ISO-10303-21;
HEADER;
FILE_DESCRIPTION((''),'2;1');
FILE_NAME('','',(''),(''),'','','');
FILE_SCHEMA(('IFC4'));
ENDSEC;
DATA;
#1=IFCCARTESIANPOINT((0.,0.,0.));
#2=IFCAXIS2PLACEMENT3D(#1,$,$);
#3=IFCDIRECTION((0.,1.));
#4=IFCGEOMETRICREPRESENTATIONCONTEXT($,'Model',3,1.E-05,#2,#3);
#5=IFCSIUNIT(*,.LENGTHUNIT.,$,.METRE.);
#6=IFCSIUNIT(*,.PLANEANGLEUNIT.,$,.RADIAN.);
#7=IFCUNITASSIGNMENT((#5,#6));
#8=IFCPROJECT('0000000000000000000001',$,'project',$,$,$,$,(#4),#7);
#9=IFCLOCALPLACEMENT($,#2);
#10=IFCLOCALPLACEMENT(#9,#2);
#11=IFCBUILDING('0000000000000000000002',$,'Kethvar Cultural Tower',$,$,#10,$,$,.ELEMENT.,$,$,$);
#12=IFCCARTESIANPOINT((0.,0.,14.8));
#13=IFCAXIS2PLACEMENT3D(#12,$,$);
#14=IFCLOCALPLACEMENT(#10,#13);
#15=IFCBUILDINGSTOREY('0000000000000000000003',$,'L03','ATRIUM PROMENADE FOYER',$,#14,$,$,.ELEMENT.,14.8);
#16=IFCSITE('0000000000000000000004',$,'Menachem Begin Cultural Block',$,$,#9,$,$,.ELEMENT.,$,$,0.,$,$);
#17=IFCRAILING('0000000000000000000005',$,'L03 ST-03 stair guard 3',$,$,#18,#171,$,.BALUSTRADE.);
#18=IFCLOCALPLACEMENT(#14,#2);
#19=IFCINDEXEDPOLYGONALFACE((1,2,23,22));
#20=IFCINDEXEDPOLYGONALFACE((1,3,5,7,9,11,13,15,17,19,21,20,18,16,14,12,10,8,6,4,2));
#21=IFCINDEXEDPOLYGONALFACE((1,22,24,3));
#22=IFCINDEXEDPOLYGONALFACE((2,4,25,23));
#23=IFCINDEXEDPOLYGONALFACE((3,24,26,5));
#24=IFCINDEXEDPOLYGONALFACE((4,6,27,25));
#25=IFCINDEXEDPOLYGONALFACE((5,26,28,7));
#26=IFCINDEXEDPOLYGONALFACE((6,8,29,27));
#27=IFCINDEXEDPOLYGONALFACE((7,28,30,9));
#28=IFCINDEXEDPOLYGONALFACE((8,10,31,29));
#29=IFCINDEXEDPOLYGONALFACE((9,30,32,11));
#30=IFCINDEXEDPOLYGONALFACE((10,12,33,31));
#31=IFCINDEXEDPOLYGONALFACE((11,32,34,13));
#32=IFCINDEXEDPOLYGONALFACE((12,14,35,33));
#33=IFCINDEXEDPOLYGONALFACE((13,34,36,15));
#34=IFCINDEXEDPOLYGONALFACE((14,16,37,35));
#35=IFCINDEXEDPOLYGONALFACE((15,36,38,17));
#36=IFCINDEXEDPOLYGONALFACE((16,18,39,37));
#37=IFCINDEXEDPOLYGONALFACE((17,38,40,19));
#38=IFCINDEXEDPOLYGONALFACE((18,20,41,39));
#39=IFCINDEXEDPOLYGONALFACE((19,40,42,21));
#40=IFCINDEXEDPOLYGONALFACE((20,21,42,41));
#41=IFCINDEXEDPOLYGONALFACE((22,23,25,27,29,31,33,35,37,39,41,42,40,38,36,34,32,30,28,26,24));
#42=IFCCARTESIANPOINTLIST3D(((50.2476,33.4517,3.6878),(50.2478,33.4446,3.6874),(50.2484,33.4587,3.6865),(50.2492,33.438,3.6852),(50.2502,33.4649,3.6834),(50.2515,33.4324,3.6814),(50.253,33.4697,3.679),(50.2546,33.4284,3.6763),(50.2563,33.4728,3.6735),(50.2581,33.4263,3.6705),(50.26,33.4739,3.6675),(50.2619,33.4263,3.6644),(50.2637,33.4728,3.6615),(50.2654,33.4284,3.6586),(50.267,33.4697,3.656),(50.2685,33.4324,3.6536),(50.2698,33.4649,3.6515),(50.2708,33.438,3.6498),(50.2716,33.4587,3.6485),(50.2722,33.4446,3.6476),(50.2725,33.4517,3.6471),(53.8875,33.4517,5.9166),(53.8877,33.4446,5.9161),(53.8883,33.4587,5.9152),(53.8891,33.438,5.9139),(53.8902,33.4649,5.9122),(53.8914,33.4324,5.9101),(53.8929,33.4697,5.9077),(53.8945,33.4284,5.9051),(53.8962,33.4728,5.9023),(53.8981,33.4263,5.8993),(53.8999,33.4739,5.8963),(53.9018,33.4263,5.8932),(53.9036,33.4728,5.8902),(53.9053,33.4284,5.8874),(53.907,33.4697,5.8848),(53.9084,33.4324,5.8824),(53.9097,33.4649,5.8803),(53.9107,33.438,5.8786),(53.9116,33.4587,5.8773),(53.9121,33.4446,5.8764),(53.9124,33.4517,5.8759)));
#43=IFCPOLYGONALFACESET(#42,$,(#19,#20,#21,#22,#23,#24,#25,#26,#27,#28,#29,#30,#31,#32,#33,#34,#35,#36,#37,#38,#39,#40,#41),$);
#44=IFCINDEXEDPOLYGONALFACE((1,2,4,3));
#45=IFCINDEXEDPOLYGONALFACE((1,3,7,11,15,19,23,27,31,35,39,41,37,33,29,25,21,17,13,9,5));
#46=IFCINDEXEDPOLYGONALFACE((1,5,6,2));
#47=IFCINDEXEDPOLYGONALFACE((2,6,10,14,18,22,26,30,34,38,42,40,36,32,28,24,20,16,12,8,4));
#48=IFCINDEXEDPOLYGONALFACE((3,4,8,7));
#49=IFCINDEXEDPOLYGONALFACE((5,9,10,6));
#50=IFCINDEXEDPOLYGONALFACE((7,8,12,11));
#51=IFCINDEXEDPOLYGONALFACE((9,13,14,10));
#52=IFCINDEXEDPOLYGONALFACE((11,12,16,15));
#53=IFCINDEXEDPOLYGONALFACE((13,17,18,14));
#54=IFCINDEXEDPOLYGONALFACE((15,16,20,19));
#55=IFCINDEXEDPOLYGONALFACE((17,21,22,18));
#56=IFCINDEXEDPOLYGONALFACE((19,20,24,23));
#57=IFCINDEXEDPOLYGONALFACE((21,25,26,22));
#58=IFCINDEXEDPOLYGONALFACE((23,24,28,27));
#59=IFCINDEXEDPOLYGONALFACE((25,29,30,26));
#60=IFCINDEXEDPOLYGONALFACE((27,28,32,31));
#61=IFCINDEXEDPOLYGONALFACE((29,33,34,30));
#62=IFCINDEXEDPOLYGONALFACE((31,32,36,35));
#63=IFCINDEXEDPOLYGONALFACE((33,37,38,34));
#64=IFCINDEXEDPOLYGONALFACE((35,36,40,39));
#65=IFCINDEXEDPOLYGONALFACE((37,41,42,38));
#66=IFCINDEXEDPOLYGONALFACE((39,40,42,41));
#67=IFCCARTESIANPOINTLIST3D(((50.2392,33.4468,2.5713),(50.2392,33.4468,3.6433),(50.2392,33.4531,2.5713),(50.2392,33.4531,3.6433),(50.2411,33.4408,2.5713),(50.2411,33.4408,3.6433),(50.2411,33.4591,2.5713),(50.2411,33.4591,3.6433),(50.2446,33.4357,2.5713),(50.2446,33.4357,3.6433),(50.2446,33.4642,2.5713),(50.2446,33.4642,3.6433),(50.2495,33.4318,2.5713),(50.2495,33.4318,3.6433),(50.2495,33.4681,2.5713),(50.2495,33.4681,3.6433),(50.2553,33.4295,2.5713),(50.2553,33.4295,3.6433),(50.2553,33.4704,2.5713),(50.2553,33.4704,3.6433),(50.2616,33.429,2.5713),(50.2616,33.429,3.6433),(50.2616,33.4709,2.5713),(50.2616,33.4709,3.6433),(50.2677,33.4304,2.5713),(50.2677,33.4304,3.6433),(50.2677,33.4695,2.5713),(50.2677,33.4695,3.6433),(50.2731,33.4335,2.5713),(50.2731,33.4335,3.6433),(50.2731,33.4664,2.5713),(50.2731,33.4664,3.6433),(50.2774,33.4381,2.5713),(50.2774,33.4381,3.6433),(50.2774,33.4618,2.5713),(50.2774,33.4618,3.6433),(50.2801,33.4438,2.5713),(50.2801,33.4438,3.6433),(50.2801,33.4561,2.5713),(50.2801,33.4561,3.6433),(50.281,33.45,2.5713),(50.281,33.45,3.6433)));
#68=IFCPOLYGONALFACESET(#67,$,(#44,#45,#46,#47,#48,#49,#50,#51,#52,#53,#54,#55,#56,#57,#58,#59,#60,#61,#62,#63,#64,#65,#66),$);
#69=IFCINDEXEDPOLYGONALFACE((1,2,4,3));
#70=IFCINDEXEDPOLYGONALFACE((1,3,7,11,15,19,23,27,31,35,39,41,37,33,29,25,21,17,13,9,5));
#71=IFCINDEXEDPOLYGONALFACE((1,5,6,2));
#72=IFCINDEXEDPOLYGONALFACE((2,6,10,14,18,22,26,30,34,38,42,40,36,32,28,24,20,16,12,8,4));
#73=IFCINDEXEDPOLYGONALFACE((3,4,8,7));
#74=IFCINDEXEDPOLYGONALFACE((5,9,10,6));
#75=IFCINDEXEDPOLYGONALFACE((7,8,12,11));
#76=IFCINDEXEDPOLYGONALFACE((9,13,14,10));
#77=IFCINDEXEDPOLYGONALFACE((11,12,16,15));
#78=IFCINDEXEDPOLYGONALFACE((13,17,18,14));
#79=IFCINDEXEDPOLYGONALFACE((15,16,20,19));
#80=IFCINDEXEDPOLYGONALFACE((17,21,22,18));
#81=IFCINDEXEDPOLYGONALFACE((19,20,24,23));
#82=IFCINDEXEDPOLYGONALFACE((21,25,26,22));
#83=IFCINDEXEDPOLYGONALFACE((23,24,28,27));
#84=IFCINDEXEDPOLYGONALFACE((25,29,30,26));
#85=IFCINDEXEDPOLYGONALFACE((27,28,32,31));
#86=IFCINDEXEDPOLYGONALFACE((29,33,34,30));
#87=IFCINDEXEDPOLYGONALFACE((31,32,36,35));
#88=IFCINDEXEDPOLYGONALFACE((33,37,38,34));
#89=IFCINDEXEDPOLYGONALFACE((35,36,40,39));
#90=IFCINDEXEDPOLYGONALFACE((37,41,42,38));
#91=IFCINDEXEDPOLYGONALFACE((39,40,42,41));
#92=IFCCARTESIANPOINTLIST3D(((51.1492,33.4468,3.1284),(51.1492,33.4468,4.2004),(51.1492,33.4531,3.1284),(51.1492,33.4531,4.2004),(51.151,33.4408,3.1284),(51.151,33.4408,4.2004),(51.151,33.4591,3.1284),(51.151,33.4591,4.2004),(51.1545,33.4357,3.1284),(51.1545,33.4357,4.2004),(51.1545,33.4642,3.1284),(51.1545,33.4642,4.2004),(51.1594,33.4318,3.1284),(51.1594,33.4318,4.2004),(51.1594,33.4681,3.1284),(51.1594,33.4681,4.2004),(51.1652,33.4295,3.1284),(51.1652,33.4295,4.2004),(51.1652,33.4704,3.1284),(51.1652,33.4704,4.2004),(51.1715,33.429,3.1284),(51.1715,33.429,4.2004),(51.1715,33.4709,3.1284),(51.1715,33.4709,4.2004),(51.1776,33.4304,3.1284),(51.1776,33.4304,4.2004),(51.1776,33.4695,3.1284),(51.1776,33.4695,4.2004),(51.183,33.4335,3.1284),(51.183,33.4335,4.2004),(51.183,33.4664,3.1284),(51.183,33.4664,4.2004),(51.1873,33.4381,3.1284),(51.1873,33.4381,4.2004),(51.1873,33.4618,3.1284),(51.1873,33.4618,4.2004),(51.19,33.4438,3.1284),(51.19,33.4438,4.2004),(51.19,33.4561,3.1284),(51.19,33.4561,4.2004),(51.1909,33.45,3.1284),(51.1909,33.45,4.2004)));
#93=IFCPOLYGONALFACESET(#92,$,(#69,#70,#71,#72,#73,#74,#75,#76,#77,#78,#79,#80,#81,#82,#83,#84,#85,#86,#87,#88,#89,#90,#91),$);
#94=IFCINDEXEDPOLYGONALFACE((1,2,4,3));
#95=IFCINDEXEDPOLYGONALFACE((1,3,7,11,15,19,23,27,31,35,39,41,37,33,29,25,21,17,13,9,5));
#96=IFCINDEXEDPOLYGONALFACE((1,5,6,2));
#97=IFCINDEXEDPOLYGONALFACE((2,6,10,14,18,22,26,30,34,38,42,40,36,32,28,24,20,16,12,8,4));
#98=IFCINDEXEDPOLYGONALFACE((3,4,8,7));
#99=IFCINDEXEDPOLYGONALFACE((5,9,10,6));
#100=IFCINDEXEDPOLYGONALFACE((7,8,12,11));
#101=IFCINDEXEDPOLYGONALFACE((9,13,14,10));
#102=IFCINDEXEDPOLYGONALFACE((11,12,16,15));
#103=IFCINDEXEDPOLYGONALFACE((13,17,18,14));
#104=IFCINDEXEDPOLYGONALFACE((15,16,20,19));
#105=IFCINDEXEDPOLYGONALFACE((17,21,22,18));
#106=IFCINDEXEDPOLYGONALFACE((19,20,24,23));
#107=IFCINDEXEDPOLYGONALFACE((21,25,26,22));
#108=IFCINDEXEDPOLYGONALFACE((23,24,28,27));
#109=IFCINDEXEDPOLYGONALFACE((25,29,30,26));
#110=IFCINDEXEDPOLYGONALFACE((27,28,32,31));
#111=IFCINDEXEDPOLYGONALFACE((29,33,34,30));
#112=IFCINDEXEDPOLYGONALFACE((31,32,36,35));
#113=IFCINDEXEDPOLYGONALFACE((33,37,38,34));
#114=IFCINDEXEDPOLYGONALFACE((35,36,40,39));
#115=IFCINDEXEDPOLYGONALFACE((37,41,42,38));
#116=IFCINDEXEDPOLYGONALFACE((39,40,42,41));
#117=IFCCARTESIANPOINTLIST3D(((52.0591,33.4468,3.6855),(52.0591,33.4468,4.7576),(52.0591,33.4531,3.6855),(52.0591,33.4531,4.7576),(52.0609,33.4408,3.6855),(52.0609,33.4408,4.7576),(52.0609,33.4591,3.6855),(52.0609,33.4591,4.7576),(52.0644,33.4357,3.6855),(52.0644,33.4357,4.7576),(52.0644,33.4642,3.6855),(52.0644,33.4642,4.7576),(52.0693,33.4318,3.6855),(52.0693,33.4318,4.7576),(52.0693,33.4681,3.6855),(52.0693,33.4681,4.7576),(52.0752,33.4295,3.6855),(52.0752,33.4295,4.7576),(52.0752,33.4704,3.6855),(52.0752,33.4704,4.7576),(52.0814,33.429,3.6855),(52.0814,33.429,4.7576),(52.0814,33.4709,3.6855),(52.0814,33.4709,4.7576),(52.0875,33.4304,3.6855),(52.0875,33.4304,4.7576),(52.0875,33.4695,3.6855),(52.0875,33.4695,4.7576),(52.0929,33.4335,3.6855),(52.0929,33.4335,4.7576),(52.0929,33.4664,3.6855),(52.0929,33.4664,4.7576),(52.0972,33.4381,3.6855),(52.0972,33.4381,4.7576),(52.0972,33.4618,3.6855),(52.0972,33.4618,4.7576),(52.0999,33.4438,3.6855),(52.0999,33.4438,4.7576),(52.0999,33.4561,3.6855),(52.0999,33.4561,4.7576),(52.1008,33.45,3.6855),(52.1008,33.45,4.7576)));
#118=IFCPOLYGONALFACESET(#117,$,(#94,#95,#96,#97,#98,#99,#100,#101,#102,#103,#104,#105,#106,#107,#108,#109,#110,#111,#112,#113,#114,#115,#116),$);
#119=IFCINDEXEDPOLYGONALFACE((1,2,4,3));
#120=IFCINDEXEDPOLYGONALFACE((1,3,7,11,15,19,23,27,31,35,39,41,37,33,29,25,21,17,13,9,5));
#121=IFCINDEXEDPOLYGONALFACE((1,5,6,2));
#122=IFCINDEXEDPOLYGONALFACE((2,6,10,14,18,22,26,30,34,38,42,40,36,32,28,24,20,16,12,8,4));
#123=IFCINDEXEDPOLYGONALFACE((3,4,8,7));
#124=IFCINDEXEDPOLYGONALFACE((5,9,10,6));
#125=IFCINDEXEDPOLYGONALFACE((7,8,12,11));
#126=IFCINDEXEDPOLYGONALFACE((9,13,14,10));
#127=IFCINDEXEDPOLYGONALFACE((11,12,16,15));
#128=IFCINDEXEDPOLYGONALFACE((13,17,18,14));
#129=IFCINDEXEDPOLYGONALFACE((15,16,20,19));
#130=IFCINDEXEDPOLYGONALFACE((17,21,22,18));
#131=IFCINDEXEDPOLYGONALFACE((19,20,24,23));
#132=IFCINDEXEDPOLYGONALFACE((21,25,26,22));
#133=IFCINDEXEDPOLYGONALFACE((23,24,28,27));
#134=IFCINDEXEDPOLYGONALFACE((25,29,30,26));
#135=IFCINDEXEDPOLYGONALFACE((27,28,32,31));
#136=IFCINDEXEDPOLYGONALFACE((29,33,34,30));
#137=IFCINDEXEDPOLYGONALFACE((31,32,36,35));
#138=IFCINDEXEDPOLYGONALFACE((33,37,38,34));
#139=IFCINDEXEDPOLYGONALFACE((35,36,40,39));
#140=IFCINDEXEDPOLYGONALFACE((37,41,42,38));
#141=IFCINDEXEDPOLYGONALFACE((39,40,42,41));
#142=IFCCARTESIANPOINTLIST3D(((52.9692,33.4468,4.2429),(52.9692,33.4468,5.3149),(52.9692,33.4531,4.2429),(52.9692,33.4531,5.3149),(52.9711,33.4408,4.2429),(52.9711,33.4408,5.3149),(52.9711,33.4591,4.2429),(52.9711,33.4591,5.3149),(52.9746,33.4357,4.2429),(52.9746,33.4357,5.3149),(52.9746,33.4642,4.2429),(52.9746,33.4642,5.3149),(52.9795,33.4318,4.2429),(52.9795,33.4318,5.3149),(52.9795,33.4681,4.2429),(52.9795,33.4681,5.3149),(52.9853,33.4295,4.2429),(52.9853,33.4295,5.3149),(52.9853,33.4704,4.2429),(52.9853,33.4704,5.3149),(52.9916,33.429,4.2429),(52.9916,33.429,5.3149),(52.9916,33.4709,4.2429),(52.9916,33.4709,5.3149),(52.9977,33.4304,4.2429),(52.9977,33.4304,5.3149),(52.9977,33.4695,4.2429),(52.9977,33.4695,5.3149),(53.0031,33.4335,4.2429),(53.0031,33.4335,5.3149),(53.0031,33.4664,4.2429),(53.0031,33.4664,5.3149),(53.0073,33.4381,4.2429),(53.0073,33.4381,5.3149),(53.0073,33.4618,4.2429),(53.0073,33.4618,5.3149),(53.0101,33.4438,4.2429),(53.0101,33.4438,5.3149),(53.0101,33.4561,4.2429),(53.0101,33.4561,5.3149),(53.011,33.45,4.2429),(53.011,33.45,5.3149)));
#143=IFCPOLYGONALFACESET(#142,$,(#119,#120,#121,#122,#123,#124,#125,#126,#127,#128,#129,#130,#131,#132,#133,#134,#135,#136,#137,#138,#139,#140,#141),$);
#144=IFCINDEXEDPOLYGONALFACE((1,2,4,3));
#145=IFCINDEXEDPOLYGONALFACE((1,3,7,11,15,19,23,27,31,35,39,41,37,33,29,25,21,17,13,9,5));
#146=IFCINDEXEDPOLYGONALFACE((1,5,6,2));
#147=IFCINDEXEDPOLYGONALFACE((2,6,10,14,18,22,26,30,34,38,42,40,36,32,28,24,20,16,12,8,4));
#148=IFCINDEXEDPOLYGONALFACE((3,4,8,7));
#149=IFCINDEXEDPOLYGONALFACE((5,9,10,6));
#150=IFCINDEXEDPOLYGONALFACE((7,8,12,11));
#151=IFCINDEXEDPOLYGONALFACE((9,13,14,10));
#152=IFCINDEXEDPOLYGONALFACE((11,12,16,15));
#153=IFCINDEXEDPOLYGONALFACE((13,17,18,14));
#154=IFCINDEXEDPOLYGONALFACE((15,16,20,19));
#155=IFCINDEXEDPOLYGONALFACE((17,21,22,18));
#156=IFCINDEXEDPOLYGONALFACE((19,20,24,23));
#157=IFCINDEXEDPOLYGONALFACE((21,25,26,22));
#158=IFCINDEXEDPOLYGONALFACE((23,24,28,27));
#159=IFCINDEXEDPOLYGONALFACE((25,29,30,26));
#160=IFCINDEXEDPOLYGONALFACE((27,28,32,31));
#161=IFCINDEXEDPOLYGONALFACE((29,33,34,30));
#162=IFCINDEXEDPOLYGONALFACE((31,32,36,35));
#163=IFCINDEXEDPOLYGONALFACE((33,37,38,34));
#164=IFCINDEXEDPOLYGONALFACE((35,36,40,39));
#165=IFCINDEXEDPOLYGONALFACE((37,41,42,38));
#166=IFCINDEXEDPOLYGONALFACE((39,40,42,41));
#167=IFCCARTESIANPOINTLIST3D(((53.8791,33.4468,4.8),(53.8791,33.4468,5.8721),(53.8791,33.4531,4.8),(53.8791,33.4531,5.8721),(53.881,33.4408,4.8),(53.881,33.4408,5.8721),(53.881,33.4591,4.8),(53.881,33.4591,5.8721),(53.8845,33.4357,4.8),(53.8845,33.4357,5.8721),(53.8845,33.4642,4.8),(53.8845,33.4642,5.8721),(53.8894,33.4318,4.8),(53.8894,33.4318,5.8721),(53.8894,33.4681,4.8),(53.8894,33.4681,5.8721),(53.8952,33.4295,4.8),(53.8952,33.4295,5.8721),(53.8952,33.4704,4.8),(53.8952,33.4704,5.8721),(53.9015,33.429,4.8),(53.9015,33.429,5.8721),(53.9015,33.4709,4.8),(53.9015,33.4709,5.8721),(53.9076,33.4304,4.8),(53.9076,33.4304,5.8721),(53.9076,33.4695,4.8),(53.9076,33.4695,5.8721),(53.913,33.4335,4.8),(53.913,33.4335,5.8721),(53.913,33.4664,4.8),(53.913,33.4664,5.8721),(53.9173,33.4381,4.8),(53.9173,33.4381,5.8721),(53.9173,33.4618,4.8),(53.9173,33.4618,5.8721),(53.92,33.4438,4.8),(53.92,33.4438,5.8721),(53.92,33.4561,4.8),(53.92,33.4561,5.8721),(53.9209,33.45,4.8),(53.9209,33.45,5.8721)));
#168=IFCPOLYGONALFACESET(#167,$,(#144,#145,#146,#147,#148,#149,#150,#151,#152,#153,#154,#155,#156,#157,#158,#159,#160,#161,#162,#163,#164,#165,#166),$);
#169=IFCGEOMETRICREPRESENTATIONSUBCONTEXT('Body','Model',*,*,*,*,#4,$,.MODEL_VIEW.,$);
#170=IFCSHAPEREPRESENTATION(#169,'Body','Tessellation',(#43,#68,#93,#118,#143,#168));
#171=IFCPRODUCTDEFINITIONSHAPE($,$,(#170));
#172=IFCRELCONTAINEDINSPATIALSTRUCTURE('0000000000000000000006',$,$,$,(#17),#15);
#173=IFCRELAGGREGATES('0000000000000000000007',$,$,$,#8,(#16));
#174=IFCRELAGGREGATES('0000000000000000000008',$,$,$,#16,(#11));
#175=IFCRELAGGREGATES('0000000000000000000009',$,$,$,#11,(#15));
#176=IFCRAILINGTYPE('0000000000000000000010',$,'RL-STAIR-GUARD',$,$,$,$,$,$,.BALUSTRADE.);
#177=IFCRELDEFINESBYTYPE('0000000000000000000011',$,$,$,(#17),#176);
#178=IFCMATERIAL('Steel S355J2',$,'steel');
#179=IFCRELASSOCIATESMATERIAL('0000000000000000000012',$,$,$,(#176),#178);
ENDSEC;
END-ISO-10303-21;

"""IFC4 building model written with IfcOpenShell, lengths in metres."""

from ifc_helpers import new_model, si_unit, direction, frame, origin, origin_2d, place, context, subcontext, project, spatial, circle, extrude, material, type_object, element, save


model = new_model("IFC4")

# Units and contexts
model_context = context("Model", 3, precision=1e-05, world=origin(), true_north=direction((0.0, 1.0)))
body_context = subcontext(model_context, "Body", "Model", "MODEL_VIEW")
ifc_project = project(units=[si_unit("LENGTHUNIT", "METRE"), si_unit("PLANEANGLEUNIT", "RADIAN")], contexts=[model_context])

# Site, building, storey
site_placement = place(None, origin())
site = spatial("IfcSite", under=ifc_project, at=site_placement, Name="Menachem Begin Cultural Block", CompositionType="ELEMENT", RefElevation=0.0)
building_placement = place(site_placement, origin())
building = spatial("IfcBuilding", under=site, at=building_placement, Name="Kethvar Cultural Tower", CompositionType="ELEMENT")
storey_placement = place(building_placement, frame((0.0, 0.0, 14.8)))
storey = spatial("IfcBuildingStorey", under=building, at=storey_placement, Name="L03", Description="ATRIUM PROMENADE FOYER", CompositionType="ELEMENT", Elevation=14.8)

# Shared definitions
ifc_material_1 = material(Name="Steel S355J2", Category="steel")

# Railing
railing_type_1 = type_object("IfcRailingType", Name="RL-STAIR-GUARD", PredefinedType="BALUSTRADE", material=ifc_material_1)
railing_1_placement = place(storey_placement, frame((50.26, 33.45, 2.5713)))
element("IfcRailing", 1, at=railing_1_placement, inside=storey, type_object=railing_type_1, Name="L03 ST-03 stair guard 3", PredefinedType="BALUSTRADE", context=body_context, shape_type="SweptSolid", body=[
    extrude(circle(Radius=0.0239, at=origin_2d()), frame((0.0, 0.0, 1.0962), z_axis=(0.852825, 0.0, 0.522197), x_axis=(0.0, 1.0, 0.0)), (0.0, 0.0, 1.0), 4.2681),
    extrude(circle(Radius=0.021, at=origin_2d()), origin(), (0.0, 0.0, 1.0), 1.072),
    extrude(circle(Radius=0.021, at=origin_2d()), frame((0.9099, 0.0, 0.5571)), (0.0, 0.0, 1.0), 1.072),
    extrude(circle(Radius=0.021, at=origin_2d()), frame((1.8198, 0.0, 1.1143)), (0.0, 0.0, 1.0), 1.072),
    extrude(circle(Radius=0.021, at=origin_2d()), frame((2.73, 0.0, 1.6716)), (0.0, 0.0, 1.0), 1.072),
    extrude(circle(Radius=0.021, at=origin_2d()), frame((3.6399, 0.0, 2.2288)), (0.0, 0.0, 1.0), 1.072),
])

save(model, "model.ifc")
